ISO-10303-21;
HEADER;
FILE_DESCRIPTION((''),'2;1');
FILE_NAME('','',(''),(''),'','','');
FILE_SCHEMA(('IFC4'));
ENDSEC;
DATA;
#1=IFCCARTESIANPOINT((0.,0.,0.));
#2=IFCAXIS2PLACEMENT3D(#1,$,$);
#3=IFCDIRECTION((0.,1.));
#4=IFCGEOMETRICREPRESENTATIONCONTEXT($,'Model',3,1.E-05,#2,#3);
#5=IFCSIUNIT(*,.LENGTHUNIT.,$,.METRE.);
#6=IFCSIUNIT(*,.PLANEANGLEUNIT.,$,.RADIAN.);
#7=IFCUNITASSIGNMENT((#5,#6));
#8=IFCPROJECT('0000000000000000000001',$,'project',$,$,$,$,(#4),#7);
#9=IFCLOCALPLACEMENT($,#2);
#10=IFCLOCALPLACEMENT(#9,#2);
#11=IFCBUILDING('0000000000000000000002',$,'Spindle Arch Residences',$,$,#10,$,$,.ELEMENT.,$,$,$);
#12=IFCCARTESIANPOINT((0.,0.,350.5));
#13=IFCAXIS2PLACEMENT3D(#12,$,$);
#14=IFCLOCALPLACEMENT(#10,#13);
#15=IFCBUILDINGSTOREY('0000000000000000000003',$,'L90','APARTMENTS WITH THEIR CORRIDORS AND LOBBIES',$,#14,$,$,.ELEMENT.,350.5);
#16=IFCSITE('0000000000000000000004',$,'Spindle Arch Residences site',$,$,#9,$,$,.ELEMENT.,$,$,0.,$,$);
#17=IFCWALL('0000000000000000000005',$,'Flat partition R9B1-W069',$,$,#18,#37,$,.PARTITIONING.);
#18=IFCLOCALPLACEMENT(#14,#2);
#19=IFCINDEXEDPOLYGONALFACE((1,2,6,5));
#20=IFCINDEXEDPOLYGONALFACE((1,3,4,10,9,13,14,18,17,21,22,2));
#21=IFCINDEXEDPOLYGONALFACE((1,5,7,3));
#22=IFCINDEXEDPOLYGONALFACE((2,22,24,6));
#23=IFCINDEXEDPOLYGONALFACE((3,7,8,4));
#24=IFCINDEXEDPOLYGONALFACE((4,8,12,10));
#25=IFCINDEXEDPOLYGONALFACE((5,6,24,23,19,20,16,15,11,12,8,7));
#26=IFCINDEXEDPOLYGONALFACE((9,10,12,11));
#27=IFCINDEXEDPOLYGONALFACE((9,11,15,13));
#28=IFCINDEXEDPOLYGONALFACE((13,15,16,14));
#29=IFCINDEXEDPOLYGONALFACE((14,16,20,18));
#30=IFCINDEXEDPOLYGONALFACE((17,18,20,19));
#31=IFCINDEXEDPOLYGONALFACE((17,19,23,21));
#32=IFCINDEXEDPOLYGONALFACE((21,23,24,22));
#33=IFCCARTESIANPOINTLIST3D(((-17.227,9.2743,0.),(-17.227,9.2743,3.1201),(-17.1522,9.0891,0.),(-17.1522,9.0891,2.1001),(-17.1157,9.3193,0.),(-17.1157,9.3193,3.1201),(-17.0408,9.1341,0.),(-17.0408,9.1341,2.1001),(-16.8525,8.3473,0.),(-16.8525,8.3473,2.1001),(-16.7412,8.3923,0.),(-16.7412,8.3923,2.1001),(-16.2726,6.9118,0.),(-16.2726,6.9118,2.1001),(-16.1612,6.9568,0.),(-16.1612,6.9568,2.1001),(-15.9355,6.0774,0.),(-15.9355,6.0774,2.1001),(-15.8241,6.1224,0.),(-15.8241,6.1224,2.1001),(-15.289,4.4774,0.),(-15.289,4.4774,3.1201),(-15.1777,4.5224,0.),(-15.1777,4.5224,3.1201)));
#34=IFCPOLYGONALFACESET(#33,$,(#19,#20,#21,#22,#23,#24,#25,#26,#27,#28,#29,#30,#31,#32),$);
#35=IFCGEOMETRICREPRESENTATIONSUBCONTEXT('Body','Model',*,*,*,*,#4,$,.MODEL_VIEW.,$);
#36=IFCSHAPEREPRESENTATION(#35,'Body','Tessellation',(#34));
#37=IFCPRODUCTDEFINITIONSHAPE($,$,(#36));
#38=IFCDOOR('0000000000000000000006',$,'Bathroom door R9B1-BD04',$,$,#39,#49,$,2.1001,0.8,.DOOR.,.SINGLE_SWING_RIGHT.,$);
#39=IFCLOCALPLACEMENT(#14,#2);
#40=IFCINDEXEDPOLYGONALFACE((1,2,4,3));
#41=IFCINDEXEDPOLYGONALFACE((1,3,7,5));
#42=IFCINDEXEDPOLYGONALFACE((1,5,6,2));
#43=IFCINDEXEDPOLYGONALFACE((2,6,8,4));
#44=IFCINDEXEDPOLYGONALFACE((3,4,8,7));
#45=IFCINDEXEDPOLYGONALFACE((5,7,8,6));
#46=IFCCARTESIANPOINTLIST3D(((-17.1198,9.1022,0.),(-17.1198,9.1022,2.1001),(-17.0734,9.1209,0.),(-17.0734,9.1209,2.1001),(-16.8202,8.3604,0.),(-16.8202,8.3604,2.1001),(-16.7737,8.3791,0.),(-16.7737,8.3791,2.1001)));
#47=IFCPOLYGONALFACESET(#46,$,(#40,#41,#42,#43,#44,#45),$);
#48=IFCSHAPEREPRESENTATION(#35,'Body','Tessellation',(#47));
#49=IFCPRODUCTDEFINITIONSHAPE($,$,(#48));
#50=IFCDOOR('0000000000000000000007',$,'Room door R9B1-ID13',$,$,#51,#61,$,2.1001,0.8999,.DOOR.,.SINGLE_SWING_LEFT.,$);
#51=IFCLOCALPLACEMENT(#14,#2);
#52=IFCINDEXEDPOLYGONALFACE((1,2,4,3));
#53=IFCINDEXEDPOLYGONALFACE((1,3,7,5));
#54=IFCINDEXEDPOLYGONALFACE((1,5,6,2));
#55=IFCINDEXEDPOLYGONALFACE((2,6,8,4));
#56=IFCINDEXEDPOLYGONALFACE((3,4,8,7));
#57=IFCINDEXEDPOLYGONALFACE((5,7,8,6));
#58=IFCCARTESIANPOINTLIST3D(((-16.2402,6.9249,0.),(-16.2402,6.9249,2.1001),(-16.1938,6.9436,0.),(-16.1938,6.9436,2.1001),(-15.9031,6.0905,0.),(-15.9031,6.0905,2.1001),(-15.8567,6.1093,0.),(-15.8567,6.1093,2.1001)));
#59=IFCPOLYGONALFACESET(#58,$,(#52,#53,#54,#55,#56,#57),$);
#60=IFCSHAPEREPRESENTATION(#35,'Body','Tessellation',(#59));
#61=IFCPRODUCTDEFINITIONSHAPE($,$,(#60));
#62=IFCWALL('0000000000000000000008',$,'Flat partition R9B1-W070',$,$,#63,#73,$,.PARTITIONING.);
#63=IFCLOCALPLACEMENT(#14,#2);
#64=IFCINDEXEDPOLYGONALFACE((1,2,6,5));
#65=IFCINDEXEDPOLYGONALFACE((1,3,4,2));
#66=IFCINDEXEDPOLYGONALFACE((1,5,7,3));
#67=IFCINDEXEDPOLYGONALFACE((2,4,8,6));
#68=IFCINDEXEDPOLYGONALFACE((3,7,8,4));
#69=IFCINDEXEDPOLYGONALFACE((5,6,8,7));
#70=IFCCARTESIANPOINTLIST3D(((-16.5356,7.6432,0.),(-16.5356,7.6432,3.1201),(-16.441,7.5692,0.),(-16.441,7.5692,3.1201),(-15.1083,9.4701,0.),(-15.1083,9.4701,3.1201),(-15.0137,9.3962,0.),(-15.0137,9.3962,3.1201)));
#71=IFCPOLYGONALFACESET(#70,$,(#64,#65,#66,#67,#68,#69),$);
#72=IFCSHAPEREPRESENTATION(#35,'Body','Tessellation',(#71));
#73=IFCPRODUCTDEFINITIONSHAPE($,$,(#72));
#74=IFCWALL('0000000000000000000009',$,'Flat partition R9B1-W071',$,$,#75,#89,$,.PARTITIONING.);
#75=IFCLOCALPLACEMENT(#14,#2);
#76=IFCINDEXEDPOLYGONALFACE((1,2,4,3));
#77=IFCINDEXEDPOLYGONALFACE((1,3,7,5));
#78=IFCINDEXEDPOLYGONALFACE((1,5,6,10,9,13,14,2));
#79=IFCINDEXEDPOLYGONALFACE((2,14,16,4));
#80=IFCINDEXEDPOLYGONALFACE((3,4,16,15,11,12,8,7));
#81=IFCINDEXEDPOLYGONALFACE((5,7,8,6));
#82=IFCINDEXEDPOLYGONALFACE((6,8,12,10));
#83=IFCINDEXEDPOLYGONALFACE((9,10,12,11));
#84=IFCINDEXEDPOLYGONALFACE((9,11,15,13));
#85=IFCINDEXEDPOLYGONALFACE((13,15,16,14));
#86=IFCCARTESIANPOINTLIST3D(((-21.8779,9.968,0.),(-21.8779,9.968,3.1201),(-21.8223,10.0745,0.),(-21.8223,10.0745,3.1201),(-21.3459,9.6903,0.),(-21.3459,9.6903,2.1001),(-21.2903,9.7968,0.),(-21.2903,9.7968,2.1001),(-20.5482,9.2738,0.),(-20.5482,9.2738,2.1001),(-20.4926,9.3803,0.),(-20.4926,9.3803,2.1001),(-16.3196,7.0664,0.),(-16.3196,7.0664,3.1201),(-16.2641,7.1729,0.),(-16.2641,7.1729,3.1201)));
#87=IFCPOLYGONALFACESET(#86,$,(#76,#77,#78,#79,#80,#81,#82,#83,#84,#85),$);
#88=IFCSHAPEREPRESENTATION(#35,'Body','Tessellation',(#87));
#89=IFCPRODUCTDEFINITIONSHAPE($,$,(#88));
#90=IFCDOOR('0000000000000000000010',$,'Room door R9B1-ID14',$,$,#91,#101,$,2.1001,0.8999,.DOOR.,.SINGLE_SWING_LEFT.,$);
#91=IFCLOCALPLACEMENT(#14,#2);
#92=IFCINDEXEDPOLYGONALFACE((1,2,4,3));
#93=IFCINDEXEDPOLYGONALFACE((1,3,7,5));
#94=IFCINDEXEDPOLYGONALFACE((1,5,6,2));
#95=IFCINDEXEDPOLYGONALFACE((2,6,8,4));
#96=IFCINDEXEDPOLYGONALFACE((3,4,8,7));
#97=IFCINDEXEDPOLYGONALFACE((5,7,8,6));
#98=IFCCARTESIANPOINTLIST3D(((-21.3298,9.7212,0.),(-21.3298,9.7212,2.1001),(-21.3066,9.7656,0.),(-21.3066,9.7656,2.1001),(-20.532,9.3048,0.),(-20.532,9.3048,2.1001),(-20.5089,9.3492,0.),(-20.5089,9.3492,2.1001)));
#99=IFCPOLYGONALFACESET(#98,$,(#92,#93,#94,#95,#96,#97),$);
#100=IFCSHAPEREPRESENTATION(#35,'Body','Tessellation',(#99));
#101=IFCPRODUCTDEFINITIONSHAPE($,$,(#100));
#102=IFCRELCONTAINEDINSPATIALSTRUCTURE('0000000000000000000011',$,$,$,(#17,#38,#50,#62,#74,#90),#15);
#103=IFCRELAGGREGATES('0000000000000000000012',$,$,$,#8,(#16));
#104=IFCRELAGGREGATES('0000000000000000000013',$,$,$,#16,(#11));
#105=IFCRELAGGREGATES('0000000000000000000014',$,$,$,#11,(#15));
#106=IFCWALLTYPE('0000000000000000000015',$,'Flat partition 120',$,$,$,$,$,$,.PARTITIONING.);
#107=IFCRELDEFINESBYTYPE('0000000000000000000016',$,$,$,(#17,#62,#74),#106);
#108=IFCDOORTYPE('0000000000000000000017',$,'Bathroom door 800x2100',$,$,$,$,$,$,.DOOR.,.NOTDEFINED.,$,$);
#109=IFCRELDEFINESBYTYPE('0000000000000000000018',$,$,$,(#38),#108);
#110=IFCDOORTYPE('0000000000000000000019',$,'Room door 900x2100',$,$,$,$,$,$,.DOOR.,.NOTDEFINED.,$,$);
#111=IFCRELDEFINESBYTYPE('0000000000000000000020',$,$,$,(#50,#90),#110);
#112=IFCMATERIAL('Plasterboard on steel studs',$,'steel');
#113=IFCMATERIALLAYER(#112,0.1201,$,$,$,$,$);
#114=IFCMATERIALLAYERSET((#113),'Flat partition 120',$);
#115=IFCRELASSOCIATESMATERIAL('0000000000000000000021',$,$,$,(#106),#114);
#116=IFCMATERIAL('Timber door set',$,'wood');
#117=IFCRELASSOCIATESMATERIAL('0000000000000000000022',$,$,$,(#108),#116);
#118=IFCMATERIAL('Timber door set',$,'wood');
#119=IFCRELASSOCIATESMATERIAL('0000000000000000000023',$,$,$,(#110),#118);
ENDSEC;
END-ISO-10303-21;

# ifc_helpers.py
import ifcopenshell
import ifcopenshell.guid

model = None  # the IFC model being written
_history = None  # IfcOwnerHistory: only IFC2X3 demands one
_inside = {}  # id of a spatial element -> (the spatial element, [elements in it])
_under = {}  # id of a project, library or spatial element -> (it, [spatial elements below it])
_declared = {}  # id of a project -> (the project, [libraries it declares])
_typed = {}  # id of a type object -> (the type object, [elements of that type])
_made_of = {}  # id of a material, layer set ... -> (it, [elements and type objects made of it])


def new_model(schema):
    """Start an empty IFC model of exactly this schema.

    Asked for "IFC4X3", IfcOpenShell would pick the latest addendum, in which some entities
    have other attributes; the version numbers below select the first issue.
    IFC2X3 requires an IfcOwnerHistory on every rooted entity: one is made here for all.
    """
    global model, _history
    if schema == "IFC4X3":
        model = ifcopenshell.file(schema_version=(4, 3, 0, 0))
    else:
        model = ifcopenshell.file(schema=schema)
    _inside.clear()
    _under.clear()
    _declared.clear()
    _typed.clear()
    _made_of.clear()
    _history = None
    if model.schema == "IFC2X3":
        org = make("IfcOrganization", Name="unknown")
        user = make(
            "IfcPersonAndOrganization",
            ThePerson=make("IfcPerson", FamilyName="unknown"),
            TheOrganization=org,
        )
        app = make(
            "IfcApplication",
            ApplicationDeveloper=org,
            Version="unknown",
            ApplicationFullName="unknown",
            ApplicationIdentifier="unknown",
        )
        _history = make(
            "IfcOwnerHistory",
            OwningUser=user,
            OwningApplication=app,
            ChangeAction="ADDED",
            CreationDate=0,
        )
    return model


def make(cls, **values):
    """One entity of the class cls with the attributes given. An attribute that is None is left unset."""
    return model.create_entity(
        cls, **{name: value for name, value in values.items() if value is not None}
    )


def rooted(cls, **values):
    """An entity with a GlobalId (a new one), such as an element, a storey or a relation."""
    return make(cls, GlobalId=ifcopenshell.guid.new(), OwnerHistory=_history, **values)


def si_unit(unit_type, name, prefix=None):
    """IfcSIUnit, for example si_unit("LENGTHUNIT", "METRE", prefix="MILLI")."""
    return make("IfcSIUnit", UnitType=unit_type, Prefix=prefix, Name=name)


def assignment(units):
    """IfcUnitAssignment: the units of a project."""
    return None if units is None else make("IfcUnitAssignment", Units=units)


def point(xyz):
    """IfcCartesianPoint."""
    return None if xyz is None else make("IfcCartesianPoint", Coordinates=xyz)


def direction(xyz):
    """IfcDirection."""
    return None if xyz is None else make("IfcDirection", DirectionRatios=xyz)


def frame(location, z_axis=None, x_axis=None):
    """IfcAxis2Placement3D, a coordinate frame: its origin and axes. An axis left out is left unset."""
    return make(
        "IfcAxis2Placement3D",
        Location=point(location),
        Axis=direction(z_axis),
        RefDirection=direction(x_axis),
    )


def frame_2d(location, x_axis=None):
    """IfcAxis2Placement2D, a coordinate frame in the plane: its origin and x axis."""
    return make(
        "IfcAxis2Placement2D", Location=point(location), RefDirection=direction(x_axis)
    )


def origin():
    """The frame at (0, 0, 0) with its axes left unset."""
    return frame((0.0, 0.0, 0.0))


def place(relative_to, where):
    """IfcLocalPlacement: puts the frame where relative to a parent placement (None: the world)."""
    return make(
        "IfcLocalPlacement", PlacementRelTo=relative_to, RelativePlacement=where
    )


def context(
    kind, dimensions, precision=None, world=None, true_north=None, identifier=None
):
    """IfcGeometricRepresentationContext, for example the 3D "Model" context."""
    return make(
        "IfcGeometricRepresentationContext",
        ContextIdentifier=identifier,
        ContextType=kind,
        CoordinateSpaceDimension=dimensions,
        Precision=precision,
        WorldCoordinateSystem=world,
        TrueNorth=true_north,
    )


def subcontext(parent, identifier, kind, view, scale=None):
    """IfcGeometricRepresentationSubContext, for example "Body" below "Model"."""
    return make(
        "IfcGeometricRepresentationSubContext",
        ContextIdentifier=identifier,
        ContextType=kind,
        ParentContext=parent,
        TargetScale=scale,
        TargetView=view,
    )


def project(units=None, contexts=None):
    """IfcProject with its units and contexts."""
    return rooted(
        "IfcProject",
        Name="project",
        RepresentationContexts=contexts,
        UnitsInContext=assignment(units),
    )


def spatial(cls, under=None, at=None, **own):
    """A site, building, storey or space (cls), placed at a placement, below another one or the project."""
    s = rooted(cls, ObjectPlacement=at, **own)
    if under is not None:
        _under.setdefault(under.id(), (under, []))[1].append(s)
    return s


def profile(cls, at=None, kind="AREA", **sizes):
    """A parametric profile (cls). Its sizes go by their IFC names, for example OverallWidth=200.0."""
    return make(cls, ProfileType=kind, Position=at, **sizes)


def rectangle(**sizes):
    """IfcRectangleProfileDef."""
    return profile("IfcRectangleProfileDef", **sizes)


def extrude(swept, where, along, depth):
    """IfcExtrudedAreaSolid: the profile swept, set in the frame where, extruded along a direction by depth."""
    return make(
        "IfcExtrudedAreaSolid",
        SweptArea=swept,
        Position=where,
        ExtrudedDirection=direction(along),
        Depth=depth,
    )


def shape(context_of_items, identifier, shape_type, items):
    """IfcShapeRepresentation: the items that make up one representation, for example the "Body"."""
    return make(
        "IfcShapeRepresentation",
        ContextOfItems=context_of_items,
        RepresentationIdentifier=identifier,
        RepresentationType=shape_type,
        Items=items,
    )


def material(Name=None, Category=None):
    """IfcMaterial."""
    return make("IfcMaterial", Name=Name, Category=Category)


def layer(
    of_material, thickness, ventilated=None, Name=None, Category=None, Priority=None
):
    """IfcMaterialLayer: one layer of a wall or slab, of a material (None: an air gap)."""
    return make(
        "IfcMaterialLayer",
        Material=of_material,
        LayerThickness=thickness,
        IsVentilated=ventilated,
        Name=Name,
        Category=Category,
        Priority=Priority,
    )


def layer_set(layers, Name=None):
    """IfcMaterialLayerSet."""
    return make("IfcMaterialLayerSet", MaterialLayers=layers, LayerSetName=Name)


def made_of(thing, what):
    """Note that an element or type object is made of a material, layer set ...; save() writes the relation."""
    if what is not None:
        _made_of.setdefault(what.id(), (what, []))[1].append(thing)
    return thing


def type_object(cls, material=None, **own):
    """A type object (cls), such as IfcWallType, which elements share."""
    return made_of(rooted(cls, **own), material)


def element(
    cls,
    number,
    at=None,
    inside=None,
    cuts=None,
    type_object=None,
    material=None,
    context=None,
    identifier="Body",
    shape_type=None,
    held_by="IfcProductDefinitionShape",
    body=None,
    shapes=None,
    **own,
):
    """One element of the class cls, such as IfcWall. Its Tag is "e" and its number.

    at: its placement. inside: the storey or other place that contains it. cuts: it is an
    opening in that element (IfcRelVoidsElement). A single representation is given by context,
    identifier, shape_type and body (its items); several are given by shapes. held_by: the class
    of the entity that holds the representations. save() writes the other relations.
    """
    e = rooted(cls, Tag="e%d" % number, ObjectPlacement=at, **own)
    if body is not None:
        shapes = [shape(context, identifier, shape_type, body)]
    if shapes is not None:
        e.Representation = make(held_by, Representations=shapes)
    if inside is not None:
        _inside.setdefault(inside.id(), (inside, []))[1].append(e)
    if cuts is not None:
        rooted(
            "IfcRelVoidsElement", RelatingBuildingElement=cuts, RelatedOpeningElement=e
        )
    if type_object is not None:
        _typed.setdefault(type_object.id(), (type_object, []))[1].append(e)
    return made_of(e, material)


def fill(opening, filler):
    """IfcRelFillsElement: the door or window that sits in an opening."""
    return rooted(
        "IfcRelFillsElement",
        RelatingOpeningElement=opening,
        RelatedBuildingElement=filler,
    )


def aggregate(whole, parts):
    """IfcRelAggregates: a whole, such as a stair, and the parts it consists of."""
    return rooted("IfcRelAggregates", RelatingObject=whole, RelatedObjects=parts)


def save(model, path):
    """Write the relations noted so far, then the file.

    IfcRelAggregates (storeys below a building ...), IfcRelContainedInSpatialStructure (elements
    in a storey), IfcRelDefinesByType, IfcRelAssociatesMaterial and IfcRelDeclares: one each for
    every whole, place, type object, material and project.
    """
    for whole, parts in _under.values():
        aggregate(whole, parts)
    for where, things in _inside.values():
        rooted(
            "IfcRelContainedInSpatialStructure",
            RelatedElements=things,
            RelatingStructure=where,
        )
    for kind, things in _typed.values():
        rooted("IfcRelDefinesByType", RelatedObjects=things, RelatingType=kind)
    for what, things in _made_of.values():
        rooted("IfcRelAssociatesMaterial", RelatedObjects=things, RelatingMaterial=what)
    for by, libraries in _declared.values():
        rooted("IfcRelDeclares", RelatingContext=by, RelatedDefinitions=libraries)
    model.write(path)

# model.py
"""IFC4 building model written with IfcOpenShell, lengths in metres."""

from ifc_helpers import new_model, si_unit, direction, frame, frame_2d, origin, place, context, subcontext, project, spatial, rectangle, extrude, material, layer, layer_set, type_object, element, fill, save


model = new_model("IFC4")

# Units and contexts
model_context = context("Model", 3, precision=1e-05, world=origin(), true_north=direction((0.0, 1.0)))
body_context = subcontext(model_context, "Body", "Model", "MODEL_VIEW")
ifc_project = project(units=[si_unit("LENGTHUNIT", "METRE"), si_unit("PLANEANGLEUNIT", "RADIAN")], contexts=[model_context])

# Site, building, storey
site_placement = place(None, origin())
site = spatial("IfcSite", under=ifc_project, at=site_placement, Name="Spindle Arch Residences site", CompositionType="ELEMENT", RefElevation=0.0)
building_placement = place(site_placement, origin())
building = spatial("IfcBuilding", under=site, at=building_placement, Name="Spindle Arch Residences", CompositionType="ELEMENT")
storey_placement = place(building_placement, frame((0.0, 0.0, 350.5)))
storey = spatial("IfcBuildingStorey", under=building, at=storey_placement, Name="L90", Description="APARTMENTS WITH THEIR CORRIDORS AND LOBBIES", CompositionType="ELEMENT", Elevation=350.5)

# Shared definitions
ifc_material_1 = material(Name="Plasterboard on steel studs", Category="steel")
ifc_layer_1 = layer(ifc_material_1, 0.1201)
ifc_layer_set_1 = layer_set([ifc_layer_1], Name="Flat partition 120")
wall_type = type_object("IfcWallType", Name="Flat partition 120", PredefinedType="PARTITIONING", material=ifc_layer_set_1)

# Wall, openings, doors
wall_1_placement = place(storey_placement, frame((-17.1714, 9.2969, 0.0), z_axis=(0.0, 0.0, 1.0), x_axis=(0.374594, -0.927189, 0.0)))
wall_1 = element("IfcWall", 1, at=wall_1_placement, inside=storey, type_object=wall_type, Name="Flat partition R9B1-W069", PredefinedType="PARTITIONING", context=body_context, shape_type="SweptSolid", body=[
    extrude(rectangle(XDim=5.1736, YDim=0.1201, at=frame_2d((2.5869, 0.0))), origin(), (0.0, 0.0, 1.0), 3.1201),
])
opening_1_placement = place(wall_1_placement, frame((2.5481, 0.0, 0.0)))
opening_1 = element("IfcOpeningElement", 2, at=opening_1_placement, cuts=wall_1, PredefinedType="OPENING", context=body_context, shape_type="SweptSolid", body=[
    extrude(rectangle(XDim=0.8999, YDim=2.1001, at=frame_2d((0.45, 1.05))), frame((0.0, 0.0701, 0.0), z_axis=(0.0, -1.0, 0.0), x_axis=(1.0, 0.0, 0.0)), (0.0, 0.0, 1.0), 0.1401),
])
opening_2_placement = place(wall_1_placement, frame((0.2, 0.0, 0.0)))
opening_2 = element("IfcOpeningElement", 3, at=opening_2_placement, cuts=wall_1, PredefinedType="OPENING", context=body_context, shape_type="SweptSolid", body=[
    extrude(rectangle(XDim=0.8, YDim=2.1001, at=frame_2d((0.3999, 1.05))), frame((0.0, 0.0701, 0.0), z_axis=(0.0, -1.0, 0.0), x_axis=(1.0, 0.0, 0.0)), (0.0, 0.0, 1.0), 0.1401),
])
ifc_material_2 = material(Name="Timber door set", Category="wood")
door_type_1 = type_object("IfcDoorType", Name="Bathroom door 800x2100", OperationType="NOTDEFINED", PredefinedType="DOOR", material=ifc_material_2)
door_1_placement = place(opening_2_placement, origin())
door_1 = element("IfcDoor", 4, at=door_1_placement, inside=storey, type_object=door_type_1, Name="Bathroom door R9B1-BD04", OperationType="SINGLE_SWING_RIGHT", OverallHeight=2.1001, OverallWidth=0.8, PredefinedType="DOOR", context=body_context, shape_type="SweptSolid", body=[
    extrude(rectangle(XDim=0.8, YDim=2.1001, at=frame_2d((0.3999, 1.05))), frame((0.0, 0.0249, 0.0), z_axis=(0.0, -1.0, 0.0), x_axis=(1.0, 0.0, 0.0)), (0.0, 0.0, 1.0), 0.05),
])
fill(opening_2, door_1)
ifc_material_3 = material(Name="Timber door set", Category="wood")
door_type_2 = type_object("IfcDoorType", Name="Room door 900x2100", OperationType="NOTDEFINED", PredefinedType="DOOR", material=ifc_material_3)
door_2_placement = place(opening_1_placement, origin())
door_2 = element("IfcDoor", 5, at=door_2_placement, inside=storey, type_object=door_type_2, Name="Room door R9B1-ID13", OperationType="SINGLE_SWING_LEFT", OverallHeight=2.1001, OverallWidth=0.8999, PredefinedType="DOOR", context=body_context, shape_type="SweptSolid", body=[
    extrude(rectangle(XDim=0.8999, YDim=2.1001, at=frame_2d((0.45, 1.05))), frame((0.0, 0.0249, 0.0), z_axis=(0.0, -1.0, 0.0), x_axis=(1.0, 0.0, 0.0)), (0.0, 0.0, 1.0), 0.05),
])
fill(opening_1, door_2)

# Wall
wall_2_placement = place(storey_placement, frame((-16.4883, 7.6062, 0.0), z_axis=(0.0, 0.0, 1.0), x_axis=(0.615638, 0.788029, 0.0)))
element("IfcWall", 6, at=wall_2_placement, inside=storey, type_object=wall_type, Name="Flat partition R9B1-W070", PredefinedType="PARTITIONING", context=body_context, shape_type="SweptSolid", body=[
    extrude(rectangle(XDim=2.3184, YDim=0.1201, at=frame_2d((1.1592, 0.0))), origin(), (0.0, 0.0, 1.0), 3.1201),
])

# Wall, opening, door
wall_3_placement = place(storey_placement, frame((-21.8501, 10.0212, 0.0), z_axis=(0.0, 0.0, 1.0), x_axis=(0.88648, -0.462767, 0.0)))
wall_3 = element("IfcWall", 7, at=wall_3_placement, inside=storey, type_object=wall_type, Name="Flat partition R9B1-W071", PredefinedType="PARTITIONING", context=body_context, shape_type="SweptSolid", body=[
    extrude(rectangle(XDim=6.27, YDim=0.1201, at=frame_2d((3.135, 0.0))), origin(), (0.0, 0.0, 1.0), 3.1201),
])
opening_3_placement = place(wall_3_placement, frame((0.6001, 0.0, 0.0)))
opening_3 = element("IfcOpeningElement", 8, at=opening_3_placement, cuts=wall_3, PredefinedType="OPENING", context=body_context, shape_type="SweptSolid", body=[
    extrude(rectangle(XDim=0.8999, YDim=2.1001, at=frame_2d((0.45, 1.05))), frame((0.0, 0.0701, 0.0), z_axis=(0.0, -1.0, 0.0), x_axis=(1.0, 0.0, 0.0)), (0.0, 0.0, 1.0), 0.1401),
])
door_3_placement = place(opening_3_placement, origin())
door_3 = element("IfcDoor", 9, at=door_3_placement, inside=storey, type_object=door_type_2, Name="Room door R9B1-ID14", OperationType="SINGLE_SWING_LEFT", OverallHeight=2.1001, OverallWidth=0.8999, PredefinedType="DOOR", context=body_context, shape_type="SweptSolid", body=[
    extrude(rectangle(XDim=0.8999, YDim=2.1001, at=frame_2d((0.45, 1.05))), frame((0.0, 0.0249, 0.0), z_axis=(0.0, -1.0, 0.0), x_axis=(1.0, 0.0, 0.0)), (0.0, 0.0, 1.0), 0.05),
])
fill(opening_3, door_3)

save(model, "model.ifc")
